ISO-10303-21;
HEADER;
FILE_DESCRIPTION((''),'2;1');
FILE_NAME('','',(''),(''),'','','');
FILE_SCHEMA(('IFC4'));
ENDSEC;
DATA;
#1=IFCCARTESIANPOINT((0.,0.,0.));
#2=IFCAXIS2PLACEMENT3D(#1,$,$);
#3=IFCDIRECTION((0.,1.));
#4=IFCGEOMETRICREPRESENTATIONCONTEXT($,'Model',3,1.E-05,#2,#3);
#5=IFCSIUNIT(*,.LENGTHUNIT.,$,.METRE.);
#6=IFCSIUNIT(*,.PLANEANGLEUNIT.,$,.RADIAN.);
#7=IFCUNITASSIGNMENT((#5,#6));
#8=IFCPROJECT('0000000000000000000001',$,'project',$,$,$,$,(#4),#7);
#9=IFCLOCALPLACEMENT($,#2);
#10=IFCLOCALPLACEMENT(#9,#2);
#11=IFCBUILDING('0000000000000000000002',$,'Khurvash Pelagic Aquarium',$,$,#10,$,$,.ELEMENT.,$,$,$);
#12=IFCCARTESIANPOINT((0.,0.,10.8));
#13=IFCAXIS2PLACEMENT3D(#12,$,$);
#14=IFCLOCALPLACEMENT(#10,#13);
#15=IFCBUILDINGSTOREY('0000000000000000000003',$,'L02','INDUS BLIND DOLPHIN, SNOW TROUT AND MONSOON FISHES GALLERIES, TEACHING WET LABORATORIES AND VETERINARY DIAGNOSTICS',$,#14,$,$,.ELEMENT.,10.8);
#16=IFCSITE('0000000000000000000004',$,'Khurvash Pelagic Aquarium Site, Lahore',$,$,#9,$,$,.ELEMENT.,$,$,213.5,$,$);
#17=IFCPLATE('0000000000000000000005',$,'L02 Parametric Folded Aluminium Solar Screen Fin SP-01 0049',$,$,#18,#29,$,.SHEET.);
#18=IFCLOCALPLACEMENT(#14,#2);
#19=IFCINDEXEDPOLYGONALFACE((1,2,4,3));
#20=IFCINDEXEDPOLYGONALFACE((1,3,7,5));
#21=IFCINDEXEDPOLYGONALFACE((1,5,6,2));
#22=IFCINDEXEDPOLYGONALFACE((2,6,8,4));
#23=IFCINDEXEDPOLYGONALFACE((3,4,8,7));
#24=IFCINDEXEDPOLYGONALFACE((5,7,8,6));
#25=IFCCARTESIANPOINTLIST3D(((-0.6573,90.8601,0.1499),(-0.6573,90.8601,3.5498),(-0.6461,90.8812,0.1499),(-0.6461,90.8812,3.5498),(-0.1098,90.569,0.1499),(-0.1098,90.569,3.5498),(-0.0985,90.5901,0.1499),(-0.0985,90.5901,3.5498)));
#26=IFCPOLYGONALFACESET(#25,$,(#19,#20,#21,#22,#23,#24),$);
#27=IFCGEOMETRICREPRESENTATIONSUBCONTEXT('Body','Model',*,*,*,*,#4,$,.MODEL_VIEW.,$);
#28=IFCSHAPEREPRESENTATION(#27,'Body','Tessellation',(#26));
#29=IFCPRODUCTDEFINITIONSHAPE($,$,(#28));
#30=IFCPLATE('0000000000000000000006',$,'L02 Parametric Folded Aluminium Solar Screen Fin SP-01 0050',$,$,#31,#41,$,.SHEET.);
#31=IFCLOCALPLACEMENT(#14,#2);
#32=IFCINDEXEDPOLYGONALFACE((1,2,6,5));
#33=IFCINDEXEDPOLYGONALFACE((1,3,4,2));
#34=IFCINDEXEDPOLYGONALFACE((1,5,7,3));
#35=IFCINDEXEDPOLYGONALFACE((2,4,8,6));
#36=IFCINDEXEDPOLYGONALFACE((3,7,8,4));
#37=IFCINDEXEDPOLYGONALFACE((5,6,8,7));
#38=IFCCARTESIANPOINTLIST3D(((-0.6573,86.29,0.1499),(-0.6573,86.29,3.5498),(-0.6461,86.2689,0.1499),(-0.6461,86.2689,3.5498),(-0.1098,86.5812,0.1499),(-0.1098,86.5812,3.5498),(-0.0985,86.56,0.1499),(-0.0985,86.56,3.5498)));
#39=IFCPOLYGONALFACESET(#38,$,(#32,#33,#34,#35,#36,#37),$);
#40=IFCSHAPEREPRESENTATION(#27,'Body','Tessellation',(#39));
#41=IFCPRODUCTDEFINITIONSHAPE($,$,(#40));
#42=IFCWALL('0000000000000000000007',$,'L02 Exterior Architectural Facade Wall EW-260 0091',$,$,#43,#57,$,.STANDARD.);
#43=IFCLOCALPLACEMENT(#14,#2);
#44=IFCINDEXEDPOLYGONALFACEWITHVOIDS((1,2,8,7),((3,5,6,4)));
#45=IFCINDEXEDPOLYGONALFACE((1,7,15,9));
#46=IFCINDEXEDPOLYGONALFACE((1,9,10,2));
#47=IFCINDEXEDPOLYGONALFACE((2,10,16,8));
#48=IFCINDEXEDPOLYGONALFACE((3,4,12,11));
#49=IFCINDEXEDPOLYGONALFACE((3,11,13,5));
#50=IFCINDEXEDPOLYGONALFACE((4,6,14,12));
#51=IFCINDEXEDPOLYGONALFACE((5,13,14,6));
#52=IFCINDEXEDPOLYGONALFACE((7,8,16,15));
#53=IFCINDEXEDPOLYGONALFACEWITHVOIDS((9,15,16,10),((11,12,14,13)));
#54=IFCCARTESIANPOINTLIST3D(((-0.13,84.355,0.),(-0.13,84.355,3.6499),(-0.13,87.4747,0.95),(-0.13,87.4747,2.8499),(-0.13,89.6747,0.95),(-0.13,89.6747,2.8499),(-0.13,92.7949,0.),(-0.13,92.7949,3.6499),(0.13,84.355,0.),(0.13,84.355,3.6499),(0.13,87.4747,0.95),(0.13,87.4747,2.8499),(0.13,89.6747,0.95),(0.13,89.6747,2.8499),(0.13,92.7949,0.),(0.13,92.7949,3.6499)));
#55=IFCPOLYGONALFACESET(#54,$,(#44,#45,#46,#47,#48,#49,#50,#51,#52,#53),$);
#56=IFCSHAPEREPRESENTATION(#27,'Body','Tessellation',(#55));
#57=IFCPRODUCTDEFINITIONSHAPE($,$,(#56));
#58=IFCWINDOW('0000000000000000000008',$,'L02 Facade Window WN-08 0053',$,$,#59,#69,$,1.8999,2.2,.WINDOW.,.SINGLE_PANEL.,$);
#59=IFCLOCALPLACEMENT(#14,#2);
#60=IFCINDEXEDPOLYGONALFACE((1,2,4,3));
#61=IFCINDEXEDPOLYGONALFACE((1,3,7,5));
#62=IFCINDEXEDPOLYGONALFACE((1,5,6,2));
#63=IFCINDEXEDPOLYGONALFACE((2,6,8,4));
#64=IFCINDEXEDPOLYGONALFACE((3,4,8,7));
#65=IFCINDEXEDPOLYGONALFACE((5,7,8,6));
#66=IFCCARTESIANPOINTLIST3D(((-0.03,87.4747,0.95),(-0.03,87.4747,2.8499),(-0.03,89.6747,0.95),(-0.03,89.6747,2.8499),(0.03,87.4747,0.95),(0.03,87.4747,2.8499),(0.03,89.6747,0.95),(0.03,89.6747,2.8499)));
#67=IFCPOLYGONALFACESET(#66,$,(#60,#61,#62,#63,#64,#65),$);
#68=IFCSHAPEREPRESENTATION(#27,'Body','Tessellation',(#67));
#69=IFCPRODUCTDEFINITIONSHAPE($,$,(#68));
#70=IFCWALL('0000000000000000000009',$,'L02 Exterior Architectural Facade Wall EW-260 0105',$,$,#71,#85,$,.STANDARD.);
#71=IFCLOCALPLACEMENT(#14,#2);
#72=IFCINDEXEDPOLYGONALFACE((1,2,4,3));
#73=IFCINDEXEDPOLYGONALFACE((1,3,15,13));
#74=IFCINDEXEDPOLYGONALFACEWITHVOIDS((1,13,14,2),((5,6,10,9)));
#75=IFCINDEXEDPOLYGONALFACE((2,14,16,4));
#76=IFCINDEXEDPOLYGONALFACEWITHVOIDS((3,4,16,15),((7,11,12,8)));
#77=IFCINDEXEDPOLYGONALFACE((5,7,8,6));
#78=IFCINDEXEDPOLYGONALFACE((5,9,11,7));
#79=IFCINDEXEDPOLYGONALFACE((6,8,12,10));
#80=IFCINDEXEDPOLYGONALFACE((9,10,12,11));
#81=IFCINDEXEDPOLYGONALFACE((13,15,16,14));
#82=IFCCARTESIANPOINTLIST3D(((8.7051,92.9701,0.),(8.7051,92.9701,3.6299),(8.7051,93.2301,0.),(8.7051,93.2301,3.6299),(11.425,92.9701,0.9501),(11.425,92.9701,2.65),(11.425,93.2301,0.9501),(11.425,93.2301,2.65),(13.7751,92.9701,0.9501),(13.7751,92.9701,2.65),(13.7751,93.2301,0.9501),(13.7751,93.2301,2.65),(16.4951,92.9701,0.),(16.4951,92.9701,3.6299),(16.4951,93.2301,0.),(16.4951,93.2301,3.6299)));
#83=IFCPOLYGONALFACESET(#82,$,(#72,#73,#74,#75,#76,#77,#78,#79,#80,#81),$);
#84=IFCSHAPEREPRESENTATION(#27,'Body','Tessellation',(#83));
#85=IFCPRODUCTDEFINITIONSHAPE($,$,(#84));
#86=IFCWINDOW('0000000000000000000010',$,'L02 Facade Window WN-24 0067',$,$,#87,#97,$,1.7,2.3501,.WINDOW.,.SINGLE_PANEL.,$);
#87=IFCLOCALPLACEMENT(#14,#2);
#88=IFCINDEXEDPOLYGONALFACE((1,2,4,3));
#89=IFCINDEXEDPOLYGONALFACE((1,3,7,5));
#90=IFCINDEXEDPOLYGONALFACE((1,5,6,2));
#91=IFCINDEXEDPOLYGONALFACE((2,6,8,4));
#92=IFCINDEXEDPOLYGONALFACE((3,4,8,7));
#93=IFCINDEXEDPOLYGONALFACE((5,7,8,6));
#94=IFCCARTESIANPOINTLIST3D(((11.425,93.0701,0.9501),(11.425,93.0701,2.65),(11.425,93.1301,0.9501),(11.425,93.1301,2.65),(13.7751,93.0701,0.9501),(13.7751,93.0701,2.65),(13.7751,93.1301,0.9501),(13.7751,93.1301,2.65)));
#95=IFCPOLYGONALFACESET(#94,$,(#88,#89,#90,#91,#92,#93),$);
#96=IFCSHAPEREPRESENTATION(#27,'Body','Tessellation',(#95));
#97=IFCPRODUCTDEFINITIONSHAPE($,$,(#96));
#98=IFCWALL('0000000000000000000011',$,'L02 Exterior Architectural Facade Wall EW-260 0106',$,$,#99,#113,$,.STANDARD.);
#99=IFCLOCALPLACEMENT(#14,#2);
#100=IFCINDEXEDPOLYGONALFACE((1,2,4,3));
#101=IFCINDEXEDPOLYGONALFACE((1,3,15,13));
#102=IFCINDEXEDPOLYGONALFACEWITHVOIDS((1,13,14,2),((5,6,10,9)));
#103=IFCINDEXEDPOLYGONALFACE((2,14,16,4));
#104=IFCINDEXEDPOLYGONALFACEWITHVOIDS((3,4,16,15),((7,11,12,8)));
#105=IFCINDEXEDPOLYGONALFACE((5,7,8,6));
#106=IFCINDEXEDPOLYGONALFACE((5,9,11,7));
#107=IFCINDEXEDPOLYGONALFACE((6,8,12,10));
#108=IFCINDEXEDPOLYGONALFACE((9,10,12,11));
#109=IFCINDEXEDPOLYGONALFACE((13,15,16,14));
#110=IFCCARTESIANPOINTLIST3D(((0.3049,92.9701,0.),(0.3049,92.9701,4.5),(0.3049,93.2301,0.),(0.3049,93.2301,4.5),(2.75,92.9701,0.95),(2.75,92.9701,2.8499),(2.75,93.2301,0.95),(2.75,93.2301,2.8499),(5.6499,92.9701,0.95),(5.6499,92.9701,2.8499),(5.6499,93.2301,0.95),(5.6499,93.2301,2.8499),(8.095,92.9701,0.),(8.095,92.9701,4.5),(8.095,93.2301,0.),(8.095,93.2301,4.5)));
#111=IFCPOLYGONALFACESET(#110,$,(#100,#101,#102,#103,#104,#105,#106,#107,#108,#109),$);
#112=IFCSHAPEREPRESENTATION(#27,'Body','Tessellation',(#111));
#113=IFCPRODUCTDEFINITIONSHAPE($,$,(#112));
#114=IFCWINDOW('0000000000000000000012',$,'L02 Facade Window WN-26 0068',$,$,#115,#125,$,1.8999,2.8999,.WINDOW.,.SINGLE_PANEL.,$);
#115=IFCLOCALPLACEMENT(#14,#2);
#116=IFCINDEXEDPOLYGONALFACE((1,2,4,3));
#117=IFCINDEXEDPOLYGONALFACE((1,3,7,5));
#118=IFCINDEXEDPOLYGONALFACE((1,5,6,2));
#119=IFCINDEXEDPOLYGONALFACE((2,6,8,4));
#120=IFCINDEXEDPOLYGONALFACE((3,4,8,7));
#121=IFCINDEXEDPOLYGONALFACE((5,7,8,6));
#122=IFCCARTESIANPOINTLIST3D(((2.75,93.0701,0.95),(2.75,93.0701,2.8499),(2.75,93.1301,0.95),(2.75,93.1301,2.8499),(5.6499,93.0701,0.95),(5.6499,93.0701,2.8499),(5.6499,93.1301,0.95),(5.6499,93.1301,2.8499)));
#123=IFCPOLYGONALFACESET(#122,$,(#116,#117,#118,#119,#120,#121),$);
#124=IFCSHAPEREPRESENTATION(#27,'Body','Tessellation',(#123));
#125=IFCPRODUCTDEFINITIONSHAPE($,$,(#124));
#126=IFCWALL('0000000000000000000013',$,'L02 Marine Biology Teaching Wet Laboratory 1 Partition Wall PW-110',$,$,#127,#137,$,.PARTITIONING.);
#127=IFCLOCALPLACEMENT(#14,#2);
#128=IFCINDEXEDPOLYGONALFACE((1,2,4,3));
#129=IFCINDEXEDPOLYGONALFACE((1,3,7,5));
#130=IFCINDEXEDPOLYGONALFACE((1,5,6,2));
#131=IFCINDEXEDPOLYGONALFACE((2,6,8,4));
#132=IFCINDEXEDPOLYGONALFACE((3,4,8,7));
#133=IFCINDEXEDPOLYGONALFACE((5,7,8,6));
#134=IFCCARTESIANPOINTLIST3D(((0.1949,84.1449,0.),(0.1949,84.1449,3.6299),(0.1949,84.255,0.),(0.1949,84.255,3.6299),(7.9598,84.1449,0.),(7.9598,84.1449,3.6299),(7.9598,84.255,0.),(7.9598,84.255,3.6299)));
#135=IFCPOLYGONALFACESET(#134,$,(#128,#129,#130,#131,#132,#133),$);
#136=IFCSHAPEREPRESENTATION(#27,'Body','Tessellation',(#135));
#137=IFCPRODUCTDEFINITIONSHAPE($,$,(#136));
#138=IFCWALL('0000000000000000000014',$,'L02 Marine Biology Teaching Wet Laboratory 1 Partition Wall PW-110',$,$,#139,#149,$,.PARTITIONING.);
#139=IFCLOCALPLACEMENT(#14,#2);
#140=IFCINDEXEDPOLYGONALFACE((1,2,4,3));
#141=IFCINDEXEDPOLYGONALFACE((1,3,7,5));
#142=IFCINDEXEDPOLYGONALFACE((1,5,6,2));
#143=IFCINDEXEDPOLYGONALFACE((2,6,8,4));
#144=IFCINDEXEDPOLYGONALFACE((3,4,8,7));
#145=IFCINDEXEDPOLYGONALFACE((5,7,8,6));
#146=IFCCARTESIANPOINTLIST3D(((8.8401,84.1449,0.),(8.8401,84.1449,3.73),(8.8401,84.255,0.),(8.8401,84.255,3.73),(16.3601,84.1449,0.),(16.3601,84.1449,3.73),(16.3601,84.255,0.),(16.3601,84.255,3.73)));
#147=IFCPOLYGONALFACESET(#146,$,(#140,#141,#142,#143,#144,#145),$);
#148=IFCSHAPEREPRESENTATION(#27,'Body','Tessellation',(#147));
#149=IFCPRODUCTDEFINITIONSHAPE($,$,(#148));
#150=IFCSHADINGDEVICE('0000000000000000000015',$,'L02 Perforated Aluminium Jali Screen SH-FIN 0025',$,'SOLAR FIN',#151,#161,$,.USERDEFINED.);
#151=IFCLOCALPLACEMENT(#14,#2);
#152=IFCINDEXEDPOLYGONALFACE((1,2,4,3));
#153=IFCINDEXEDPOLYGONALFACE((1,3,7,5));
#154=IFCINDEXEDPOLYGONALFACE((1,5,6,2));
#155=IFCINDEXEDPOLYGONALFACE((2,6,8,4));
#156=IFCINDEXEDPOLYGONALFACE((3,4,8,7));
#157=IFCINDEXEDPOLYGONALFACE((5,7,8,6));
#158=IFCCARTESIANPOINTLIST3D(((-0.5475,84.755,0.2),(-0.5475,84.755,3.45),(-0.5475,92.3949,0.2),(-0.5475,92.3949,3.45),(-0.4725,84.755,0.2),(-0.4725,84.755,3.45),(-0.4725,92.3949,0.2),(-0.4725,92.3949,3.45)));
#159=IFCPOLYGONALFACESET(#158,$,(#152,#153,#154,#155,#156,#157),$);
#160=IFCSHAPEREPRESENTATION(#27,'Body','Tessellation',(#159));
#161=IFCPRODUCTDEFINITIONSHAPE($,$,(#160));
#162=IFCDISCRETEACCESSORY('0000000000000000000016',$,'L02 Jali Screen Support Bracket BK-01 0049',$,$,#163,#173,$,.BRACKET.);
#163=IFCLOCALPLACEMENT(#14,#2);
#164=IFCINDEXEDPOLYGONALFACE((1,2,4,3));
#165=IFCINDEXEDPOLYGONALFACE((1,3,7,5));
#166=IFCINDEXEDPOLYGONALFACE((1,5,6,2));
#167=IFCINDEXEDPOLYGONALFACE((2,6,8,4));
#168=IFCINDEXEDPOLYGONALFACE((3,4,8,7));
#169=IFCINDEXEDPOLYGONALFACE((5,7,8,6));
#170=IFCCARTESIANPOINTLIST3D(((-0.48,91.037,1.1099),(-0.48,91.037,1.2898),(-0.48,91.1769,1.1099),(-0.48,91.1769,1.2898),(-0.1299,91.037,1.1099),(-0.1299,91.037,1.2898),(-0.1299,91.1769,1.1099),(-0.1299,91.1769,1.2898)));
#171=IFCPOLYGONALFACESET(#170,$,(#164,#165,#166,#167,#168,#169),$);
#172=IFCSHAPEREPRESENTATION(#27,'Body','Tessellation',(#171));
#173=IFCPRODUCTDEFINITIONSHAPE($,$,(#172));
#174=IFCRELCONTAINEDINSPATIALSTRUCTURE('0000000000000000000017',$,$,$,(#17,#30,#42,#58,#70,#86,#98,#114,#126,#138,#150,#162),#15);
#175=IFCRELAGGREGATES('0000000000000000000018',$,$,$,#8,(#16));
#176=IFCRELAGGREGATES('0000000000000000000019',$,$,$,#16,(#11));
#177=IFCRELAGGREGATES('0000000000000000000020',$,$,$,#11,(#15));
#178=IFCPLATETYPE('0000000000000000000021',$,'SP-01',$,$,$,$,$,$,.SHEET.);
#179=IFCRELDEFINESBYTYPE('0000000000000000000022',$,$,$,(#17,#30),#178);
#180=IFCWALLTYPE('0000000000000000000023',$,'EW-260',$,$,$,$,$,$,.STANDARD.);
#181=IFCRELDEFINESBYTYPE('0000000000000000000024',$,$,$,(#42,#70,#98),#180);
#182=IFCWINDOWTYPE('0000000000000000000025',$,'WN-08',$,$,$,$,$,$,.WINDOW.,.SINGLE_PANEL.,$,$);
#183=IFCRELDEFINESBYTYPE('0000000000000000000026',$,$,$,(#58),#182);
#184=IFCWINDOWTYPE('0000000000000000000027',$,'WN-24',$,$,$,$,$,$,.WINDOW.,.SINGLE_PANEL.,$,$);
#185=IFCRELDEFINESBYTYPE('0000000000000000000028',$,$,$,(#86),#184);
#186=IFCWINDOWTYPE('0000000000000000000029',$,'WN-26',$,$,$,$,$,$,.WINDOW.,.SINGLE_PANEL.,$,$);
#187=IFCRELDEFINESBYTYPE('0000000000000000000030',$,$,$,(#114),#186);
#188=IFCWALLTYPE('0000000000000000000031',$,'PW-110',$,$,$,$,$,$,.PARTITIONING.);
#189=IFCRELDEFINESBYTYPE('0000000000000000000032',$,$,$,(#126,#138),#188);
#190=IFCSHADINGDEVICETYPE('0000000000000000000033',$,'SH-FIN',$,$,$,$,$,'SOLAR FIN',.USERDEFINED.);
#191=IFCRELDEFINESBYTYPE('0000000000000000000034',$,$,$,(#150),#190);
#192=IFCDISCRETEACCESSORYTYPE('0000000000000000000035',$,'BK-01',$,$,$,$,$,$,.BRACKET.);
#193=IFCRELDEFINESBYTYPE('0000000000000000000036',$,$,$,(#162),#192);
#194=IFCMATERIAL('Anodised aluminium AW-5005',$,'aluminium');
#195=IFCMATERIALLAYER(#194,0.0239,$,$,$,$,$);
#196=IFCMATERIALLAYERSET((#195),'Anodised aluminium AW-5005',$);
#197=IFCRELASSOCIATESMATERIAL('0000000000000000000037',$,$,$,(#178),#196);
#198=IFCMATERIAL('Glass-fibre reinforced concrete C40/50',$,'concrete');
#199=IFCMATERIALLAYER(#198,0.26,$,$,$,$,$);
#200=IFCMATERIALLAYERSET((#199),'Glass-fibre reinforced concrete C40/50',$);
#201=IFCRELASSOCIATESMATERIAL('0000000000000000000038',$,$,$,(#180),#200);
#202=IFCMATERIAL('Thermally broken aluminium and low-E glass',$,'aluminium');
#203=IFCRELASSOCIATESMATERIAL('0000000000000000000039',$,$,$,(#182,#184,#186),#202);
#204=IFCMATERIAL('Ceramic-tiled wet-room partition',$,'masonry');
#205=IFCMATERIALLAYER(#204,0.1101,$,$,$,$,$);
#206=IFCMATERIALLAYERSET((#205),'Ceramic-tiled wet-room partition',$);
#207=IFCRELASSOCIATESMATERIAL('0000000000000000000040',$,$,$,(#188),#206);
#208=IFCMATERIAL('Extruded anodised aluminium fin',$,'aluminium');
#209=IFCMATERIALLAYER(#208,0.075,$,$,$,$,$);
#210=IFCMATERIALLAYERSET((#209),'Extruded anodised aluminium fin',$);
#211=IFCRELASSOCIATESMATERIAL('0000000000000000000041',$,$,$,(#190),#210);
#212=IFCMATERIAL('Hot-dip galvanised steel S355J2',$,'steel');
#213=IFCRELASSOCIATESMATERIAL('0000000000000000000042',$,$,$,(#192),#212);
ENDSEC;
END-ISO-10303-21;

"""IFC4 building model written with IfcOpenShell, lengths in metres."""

from ifc_helpers import new_model, si_unit, direction, frame, frame_2d, origin, origin_2d, place, context, subcontext, project, spatial, rectangle, extrude, material, layer, layer_set, type_object, element, fill, save


model = new_model("IFC4")

# Units and contexts
model_context = context("Model", 3, precision=1e-05, world=origin(), true_north=direction((0.0, 1.0)))
body_context = subcontext(model_context, "Body", "Model", "MODEL_VIEW")
ifc_project = project(units=[si_unit("LENGTHUNIT", "METRE"), si_unit("PLANEANGLEUNIT", "RADIAN")], contexts=[model_context])

# Site, building, storey
site_placement = place(None, origin())
site = spatial("IfcSite", under=ifc_project, at=site_placement, Name="Khurvash Pelagic Aquarium Site, Lahore", CompositionType="ELEMENT", RefElevation=213.5)
building_placement = place(site_placement, origin())
building = spatial("IfcBuilding", under=site, at=building_placement, Name="Khurvash Pelagic Aquarium", CompositionType="ELEMENT")
storey_placement = place(building_placement, frame((0.0, 0.0, 10.8)))
storey = spatial("IfcBuildingStorey", under=building, at=storey_placement, Name="L02", Description="INDUS BLIND DOLPHIN, SNOW TROUT AND MONSOON FISHES GALLERIES, TEACHING WET LABORATORIES AND VETERINARY DIAGNOSTICS", CompositionType="ELEMENT", Elevation=10.8)

# Plates
ifc_material_1 = material(Name="Anodised aluminium AW-5005", Category="aluminium")
ifc_layer_1 = layer(ifc_material_1, 0.0239)
ifc_layer_set_1 = layer_set([ifc_layer_1], Name="Anodised aluminium AW-5005")
plate_type = type_object("IfcPlateType", Name="SP-01", PredefinedType="SHEET", material=ifc_layer_set_1)
for number, where, z_axis, x_axis, name in (
    (1, (-0.3779, 90.7251, 0.1499), (0.0, 0.0, 1.0), (-0.882948, 0.469472, 0.0), "L02 Parametric Folded Aluminium Solar Screen Fin SP-01 0049"),
    (2, (-0.3779, 86.425, 0.1499), (0.0, 0.0, 1.0), (-0.882948, -0.469472, 0.0), "L02 Parametric Folded Aluminium Solar Screen Fin SP-01 0050"),
):
    element("IfcPlate", number, at=place(storey_placement, frame(where, z_axis=z_axis, x_axis=x_axis)), inside=storey, type_object=plate_type, Name=name, PredefinedType="SHEET", context=body_context, shape_type="SweptSolid", body=[
        extrude(rectangle(XDim=0.6201, YDim=0.0239, at=origin_2d()), origin(), (0.0, 0.0, 1.0), 3.3999),
    ])

# Walls, openings, windows
ifc_material_2 = material(Name="Glass-fibre reinforced concrete C40/50", Category="concrete")
ifc_layer_2 = layer(ifc_material_2, 0.26)
ifc_layer_set_2 = layer_set([ifc_layer_2], Name="Glass-fibre reinforced concrete C40/50")
wall_type_1 = type_object("IfcWallType", Name="EW-260", PredefinedType="STANDARD", material=ifc_layer_set_2)
wall_1_placement = place(storey_placement, frame((0.0, 92.7949, 0.0), z_axis=(0.0, 0.0, 1.0), x_axis=(0.0, -1.0, 0.0)))
wall_1 = element("IfcWall", 3, at=wall_1_placement, inside=storey, type_object=wall_type_1, Name="L02 Exterior Architectural Facade Wall EW-260 0091", PredefinedType="STANDARD", context=body_context, shape_type="SweptSolid", body=[
    extrude(rectangle(XDim=8.4399, YDim=0.26, at=frame_2d((4.22, 0.0))), origin(), (0.0, 0.0, 1.0), 3.6499),
])
opening_1_placement = place(wall_1_placement, frame((3.1201, 0.0, 0.95)))
opening_1 = element("IfcOpeningElement", 4, at=opening_1_placement, cuts=wall_1, PredefinedType="OPENING", context=body_context, shape_type="SweptSolid", body=[
    extrude(rectangle(XDim=2.2, YDim=1.8999, at=frame_2d((1.1001, 0.95))), frame((0.0, 0.1401, 0.0), z_axis=(0.0, -1.0, 0.0), x_axis=(1.0, 0.0, 0.0)), (0.0, 0.0, 1.0), 0.28),
])
ifc_material_3 = material(Name="Thermally broken aluminium and low-E glass", Category="aluminium")
window_type_1 = type_object("IfcWindowType", Name="WN-08", PartitioningType="SINGLE_PANEL", PredefinedType="WINDOW", material=ifc_material_3)
window_1_placement = place(opening_1_placement, origin())
window_1 = element("IfcWindow", 5, at=window_1_placement, inside=storey, type_object=window_type_1, Name="L02 Facade Window WN-08 0053", OverallHeight=1.8999, OverallWidth=2.2, PartitioningType="SINGLE_PANEL", PredefinedType="WINDOW", context=body_context, shape_type="SweptSolid", body=[
    extrude(rectangle(XDim=2.2, YDim=1.8999, at=frame_2d((1.1001, 0.95))), frame((0.0, 0.03, 0.0), z_axis=(0.0, -1.0, 0.0), x_axis=(1.0, 0.0, 0.0)), (0.0, 0.0, 1.0), 0.0601),
])
fill(opening_1, window_1)
wall_2_placement = place(storey_placement, frame((16.4951, 93.1001, 0.0), z_axis=(0.0, 0.0, 1.0), x_axis=(-1.0, 0.0, 0.0)))
wall_2 = element("IfcWall", 6, at=wall_2_placement, inside=storey, type_object=wall_type_1, Name="L02 Exterior Architectural Facade Wall EW-260 0105", PredefinedType="STANDARD", context=body_context, shape_type="SweptSolid", body=[
    extrude(rectangle(XDim=7.79, YDim=0.26, at=frame_2d((3.895, 0.0))), origin(), (0.0, 0.0, 1.0), 3.6299),
])
opening_2_placement = place(wall_2_placement, frame((2.72, 0.0, 0.95)))
opening_2 = element("IfcOpeningElement", 7, at=opening_2_placement, cuts=wall_2, PredefinedType="OPENING", context=body_context, shape_type="SweptSolid", body=[
    extrude(rectangle(XDim=2.3501, YDim=1.7, at=frame_2d((1.175, 0.8501))), frame((0.0, 0.1401, 0.0), z_axis=(0.0, -1.0, 0.0), x_axis=(1.0, 0.0, 0.0)), (0.0, 0.0, 1.0), 0.28),
])
window_type_2 = type_object("IfcWindowType", Name="WN-24", PartitioningType="SINGLE_PANEL", PredefinedType="WINDOW", material=ifc_material_3)
window_2_placement = place(opening_2_placement, origin())
window_2 = element("IfcWindow", 8, at=window_2_placement, inside=storey, type_object=window_type_2, Name="L02 Facade Window WN-24 0067", OverallHeight=1.7, OverallWidth=2.3501, PartitioningType="SINGLE_PANEL", PredefinedType="WINDOW", context=body_context, shape_type="SweptSolid", body=[
    extrude(rectangle(XDim=2.3501, YDim=1.7, at=frame_2d((1.175, 0.8501))), frame((0.0, 0.03, 0.0), z_axis=(0.0, -1.0, 0.0), x_axis=(1.0, 0.0, 0.0)), (0.0, 0.0, 1.0), 0.0601),
])
fill(opening_2, window_2)
wall_3_placement = place(storey_placement, frame((8.095, 93.1001, 0.0), z_axis=(0.0, 0.0, 1.0), x_axis=(-1.0, 0.0, 0.0)))
wall_3 = element("IfcWall", 9, at=wall_3_placement, inside=storey, type_object=wall_type_1, Name="L02 Exterior Architectural Facade Wall EW-260 0106", PredefinedType="STANDARD", context=body_context, shape_type="SweptSolid", body=[
    extrude(rectangle(XDim=7.79, YDim=0.26, at=frame_2d((3.895, 0.0))), origin(), (0.0, 0.0, 1.0), 4.5),
])
opening_3_placement = place(wall_3_placement, frame((2.4451, 0.0, 0.95)))
opening_3 = element("IfcOpeningElement", 10, at=opening_3_placement, cuts=wall_3, PredefinedType="OPENING", context=body_context, shape_type="SweptSolid", body=[
    extrude(rectangle(XDim=2.8999, YDim=1.8999, at=frame_2d((1.45, 0.95))), frame((0.0, 0.1401, 0.0), z_axis=(0.0, -1.0, 0.0), x_axis=(1.0, 0.0, 0.0)), (0.0, 0.0, 1.0), 0.28),
])
window_type_3 = type_object("IfcWindowType", Name="WN-26", PartitioningType="SINGLE_PANEL", PredefinedType="WINDOW", material=ifc_material_3)
window_3_placement = place(opening_3_placement, origin())
window_3 = element("IfcWindow", 11, at=window_3_placement, inside=storey, type_object=window_type_3, Name="L02 Facade Window WN-26 0068", OverallHeight=1.8999, OverallWidth=2.8999, PartitioningType="SINGLE_PANEL", PredefinedType="WINDOW", context=body_context, shape_type="SweptSolid", body=[
    extrude(rectangle(XDim=2.8999, YDim=1.8999, at=frame_2d((1.45, 0.95))), frame((0.0, 0.03, 0.0), z_axis=(0.0, -1.0, 0.0), x_axis=(1.0, 0.0, 0.0)), (0.0, 0.0, 1.0), 0.0601),
])
fill(opening_3, window_3)

# Walls
ifc_material_4 = material(Name="Ceramic-tiled wet-room partition", Category="masonry")
ifc_layer_3 = layer(ifc_material_4, 0.1101)
ifc_layer_set_3 = layer_set([ifc_layer_3], Name="Ceramic-tiled wet-room partition")
wall_type_2 = type_object("IfcWallType", Name="PW-110", PredefinedType="PARTITIONING", material=ifc_layer_set_3)
wall_4_placement = place(storey_placement, frame((0.1951, 84.2, 0.0), z_axis=(0.0, 0.0, 1.0), x_axis=(1.0, 0.0, 0.0)))
element("IfcWall", 12, at=wall_4_placement, inside=storey, type_object=wall_type_2, Name="L02 Marine Biology Teaching Wet Laboratory 1 Partition Wall PW-110", PredefinedType="PARTITIONING", context=body_context, shape_type="SweptSolid", body=[
    extrude(rectangle(XDim=7.7649, YDim=0.1101, at=frame_2d((3.8823, 0.0))), origin(), (0.0, 0.0, 1.0), 3.6299),
])
wall_5_placement = place(storey_placement, frame((8.8401, 84.2, 0.0), z_axis=(0.0, 0.0, 1.0), x_axis=(1.0, 0.0, 0.0)))
element("IfcWall", 13, at=wall_5_placement, inside=storey, type_object=wall_type_2, Name="L02 Marine Biology Teaching Wet Laboratory 1 Partition Wall PW-110", PredefinedType="PARTITIONING", context=body_context, shape_type="SweptSolid", body=[
    extrude(rectangle(XDim=7.52, YDim=0.1101, at=frame_2d((3.76, 0.0))), origin(), (0.0, 0.0, 1.0), 3.73),
])

# Shading device
ifc_material_5 = material(Name="Extruded anodised aluminium fin", Category="aluminium")
ifc_layer_4 = layer(ifc_material_5, 0.075)
ifc_layer_set_4 = layer_set([ifc_layer_4], Name="Extruded anodised aluminium fin")
shading_device_type = type_object("IfcShadingDeviceType", Name="SH-FIN", ElementType="SOLAR FIN", PredefinedType="USERDEFINED", material=ifc_layer_set_4)
shading_device_placement = place(storey_placement, frame((-0.51, 88.575, 0.2), z_axis=(0.0, 0.0, 1.0), x_axis=(0.0, -1.0, 0.0)))
element("IfcShadingDevice", 14, at=shading_device_placement, inside=storey, type_object=shading_device_type, Name="L02 Perforated Aluminium Jali Screen SH-FIN 0025", ObjectType="SOLAR FIN", PredefinedType="USERDEFINED", context=body_context, shape_type="SweptSolid", body=[
    extrude(rectangle(XDim=7.6399, YDim=0.075, at=origin_2d()), origin(), (0.0, 0.0, 1.0), 3.25),
])

# Discrete accessory
ifc_material_6 = material(Name="Hot-dip galvanised steel S355J2", Category="steel")
discrete_accessory_type = type_object("IfcDiscreteAccessoryType", Name="BK-01", PredefinedType="BRACKET", material=ifc_material_6)
for number, where, z_axis, x_axis, name in (
    (15, (-0.3049, 91.1069, 1.1099), (0.0, 0.0, 1.0), (0.0, -1.0, 0.0), "L02 Jali Screen Support Bracket BK-01 0049"),
):
    element("IfcDiscreteAccessory", number, at=place(storey_placement, frame(where, z_axis=z_axis, x_axis=x_axis)), inside=storey, type_object=discrete_accessory_type, Name=name, PredefinedType="BRACKET", context=body_context, shape_type="SweptSolid", body=[
        extrude(rectangle(XDim=0.1399, YDim=0.3501, at=origin_2d()), origin(), (0.0, 0.0, 1.0), 0.1799),
    ])

save(model, "model.ifc")
